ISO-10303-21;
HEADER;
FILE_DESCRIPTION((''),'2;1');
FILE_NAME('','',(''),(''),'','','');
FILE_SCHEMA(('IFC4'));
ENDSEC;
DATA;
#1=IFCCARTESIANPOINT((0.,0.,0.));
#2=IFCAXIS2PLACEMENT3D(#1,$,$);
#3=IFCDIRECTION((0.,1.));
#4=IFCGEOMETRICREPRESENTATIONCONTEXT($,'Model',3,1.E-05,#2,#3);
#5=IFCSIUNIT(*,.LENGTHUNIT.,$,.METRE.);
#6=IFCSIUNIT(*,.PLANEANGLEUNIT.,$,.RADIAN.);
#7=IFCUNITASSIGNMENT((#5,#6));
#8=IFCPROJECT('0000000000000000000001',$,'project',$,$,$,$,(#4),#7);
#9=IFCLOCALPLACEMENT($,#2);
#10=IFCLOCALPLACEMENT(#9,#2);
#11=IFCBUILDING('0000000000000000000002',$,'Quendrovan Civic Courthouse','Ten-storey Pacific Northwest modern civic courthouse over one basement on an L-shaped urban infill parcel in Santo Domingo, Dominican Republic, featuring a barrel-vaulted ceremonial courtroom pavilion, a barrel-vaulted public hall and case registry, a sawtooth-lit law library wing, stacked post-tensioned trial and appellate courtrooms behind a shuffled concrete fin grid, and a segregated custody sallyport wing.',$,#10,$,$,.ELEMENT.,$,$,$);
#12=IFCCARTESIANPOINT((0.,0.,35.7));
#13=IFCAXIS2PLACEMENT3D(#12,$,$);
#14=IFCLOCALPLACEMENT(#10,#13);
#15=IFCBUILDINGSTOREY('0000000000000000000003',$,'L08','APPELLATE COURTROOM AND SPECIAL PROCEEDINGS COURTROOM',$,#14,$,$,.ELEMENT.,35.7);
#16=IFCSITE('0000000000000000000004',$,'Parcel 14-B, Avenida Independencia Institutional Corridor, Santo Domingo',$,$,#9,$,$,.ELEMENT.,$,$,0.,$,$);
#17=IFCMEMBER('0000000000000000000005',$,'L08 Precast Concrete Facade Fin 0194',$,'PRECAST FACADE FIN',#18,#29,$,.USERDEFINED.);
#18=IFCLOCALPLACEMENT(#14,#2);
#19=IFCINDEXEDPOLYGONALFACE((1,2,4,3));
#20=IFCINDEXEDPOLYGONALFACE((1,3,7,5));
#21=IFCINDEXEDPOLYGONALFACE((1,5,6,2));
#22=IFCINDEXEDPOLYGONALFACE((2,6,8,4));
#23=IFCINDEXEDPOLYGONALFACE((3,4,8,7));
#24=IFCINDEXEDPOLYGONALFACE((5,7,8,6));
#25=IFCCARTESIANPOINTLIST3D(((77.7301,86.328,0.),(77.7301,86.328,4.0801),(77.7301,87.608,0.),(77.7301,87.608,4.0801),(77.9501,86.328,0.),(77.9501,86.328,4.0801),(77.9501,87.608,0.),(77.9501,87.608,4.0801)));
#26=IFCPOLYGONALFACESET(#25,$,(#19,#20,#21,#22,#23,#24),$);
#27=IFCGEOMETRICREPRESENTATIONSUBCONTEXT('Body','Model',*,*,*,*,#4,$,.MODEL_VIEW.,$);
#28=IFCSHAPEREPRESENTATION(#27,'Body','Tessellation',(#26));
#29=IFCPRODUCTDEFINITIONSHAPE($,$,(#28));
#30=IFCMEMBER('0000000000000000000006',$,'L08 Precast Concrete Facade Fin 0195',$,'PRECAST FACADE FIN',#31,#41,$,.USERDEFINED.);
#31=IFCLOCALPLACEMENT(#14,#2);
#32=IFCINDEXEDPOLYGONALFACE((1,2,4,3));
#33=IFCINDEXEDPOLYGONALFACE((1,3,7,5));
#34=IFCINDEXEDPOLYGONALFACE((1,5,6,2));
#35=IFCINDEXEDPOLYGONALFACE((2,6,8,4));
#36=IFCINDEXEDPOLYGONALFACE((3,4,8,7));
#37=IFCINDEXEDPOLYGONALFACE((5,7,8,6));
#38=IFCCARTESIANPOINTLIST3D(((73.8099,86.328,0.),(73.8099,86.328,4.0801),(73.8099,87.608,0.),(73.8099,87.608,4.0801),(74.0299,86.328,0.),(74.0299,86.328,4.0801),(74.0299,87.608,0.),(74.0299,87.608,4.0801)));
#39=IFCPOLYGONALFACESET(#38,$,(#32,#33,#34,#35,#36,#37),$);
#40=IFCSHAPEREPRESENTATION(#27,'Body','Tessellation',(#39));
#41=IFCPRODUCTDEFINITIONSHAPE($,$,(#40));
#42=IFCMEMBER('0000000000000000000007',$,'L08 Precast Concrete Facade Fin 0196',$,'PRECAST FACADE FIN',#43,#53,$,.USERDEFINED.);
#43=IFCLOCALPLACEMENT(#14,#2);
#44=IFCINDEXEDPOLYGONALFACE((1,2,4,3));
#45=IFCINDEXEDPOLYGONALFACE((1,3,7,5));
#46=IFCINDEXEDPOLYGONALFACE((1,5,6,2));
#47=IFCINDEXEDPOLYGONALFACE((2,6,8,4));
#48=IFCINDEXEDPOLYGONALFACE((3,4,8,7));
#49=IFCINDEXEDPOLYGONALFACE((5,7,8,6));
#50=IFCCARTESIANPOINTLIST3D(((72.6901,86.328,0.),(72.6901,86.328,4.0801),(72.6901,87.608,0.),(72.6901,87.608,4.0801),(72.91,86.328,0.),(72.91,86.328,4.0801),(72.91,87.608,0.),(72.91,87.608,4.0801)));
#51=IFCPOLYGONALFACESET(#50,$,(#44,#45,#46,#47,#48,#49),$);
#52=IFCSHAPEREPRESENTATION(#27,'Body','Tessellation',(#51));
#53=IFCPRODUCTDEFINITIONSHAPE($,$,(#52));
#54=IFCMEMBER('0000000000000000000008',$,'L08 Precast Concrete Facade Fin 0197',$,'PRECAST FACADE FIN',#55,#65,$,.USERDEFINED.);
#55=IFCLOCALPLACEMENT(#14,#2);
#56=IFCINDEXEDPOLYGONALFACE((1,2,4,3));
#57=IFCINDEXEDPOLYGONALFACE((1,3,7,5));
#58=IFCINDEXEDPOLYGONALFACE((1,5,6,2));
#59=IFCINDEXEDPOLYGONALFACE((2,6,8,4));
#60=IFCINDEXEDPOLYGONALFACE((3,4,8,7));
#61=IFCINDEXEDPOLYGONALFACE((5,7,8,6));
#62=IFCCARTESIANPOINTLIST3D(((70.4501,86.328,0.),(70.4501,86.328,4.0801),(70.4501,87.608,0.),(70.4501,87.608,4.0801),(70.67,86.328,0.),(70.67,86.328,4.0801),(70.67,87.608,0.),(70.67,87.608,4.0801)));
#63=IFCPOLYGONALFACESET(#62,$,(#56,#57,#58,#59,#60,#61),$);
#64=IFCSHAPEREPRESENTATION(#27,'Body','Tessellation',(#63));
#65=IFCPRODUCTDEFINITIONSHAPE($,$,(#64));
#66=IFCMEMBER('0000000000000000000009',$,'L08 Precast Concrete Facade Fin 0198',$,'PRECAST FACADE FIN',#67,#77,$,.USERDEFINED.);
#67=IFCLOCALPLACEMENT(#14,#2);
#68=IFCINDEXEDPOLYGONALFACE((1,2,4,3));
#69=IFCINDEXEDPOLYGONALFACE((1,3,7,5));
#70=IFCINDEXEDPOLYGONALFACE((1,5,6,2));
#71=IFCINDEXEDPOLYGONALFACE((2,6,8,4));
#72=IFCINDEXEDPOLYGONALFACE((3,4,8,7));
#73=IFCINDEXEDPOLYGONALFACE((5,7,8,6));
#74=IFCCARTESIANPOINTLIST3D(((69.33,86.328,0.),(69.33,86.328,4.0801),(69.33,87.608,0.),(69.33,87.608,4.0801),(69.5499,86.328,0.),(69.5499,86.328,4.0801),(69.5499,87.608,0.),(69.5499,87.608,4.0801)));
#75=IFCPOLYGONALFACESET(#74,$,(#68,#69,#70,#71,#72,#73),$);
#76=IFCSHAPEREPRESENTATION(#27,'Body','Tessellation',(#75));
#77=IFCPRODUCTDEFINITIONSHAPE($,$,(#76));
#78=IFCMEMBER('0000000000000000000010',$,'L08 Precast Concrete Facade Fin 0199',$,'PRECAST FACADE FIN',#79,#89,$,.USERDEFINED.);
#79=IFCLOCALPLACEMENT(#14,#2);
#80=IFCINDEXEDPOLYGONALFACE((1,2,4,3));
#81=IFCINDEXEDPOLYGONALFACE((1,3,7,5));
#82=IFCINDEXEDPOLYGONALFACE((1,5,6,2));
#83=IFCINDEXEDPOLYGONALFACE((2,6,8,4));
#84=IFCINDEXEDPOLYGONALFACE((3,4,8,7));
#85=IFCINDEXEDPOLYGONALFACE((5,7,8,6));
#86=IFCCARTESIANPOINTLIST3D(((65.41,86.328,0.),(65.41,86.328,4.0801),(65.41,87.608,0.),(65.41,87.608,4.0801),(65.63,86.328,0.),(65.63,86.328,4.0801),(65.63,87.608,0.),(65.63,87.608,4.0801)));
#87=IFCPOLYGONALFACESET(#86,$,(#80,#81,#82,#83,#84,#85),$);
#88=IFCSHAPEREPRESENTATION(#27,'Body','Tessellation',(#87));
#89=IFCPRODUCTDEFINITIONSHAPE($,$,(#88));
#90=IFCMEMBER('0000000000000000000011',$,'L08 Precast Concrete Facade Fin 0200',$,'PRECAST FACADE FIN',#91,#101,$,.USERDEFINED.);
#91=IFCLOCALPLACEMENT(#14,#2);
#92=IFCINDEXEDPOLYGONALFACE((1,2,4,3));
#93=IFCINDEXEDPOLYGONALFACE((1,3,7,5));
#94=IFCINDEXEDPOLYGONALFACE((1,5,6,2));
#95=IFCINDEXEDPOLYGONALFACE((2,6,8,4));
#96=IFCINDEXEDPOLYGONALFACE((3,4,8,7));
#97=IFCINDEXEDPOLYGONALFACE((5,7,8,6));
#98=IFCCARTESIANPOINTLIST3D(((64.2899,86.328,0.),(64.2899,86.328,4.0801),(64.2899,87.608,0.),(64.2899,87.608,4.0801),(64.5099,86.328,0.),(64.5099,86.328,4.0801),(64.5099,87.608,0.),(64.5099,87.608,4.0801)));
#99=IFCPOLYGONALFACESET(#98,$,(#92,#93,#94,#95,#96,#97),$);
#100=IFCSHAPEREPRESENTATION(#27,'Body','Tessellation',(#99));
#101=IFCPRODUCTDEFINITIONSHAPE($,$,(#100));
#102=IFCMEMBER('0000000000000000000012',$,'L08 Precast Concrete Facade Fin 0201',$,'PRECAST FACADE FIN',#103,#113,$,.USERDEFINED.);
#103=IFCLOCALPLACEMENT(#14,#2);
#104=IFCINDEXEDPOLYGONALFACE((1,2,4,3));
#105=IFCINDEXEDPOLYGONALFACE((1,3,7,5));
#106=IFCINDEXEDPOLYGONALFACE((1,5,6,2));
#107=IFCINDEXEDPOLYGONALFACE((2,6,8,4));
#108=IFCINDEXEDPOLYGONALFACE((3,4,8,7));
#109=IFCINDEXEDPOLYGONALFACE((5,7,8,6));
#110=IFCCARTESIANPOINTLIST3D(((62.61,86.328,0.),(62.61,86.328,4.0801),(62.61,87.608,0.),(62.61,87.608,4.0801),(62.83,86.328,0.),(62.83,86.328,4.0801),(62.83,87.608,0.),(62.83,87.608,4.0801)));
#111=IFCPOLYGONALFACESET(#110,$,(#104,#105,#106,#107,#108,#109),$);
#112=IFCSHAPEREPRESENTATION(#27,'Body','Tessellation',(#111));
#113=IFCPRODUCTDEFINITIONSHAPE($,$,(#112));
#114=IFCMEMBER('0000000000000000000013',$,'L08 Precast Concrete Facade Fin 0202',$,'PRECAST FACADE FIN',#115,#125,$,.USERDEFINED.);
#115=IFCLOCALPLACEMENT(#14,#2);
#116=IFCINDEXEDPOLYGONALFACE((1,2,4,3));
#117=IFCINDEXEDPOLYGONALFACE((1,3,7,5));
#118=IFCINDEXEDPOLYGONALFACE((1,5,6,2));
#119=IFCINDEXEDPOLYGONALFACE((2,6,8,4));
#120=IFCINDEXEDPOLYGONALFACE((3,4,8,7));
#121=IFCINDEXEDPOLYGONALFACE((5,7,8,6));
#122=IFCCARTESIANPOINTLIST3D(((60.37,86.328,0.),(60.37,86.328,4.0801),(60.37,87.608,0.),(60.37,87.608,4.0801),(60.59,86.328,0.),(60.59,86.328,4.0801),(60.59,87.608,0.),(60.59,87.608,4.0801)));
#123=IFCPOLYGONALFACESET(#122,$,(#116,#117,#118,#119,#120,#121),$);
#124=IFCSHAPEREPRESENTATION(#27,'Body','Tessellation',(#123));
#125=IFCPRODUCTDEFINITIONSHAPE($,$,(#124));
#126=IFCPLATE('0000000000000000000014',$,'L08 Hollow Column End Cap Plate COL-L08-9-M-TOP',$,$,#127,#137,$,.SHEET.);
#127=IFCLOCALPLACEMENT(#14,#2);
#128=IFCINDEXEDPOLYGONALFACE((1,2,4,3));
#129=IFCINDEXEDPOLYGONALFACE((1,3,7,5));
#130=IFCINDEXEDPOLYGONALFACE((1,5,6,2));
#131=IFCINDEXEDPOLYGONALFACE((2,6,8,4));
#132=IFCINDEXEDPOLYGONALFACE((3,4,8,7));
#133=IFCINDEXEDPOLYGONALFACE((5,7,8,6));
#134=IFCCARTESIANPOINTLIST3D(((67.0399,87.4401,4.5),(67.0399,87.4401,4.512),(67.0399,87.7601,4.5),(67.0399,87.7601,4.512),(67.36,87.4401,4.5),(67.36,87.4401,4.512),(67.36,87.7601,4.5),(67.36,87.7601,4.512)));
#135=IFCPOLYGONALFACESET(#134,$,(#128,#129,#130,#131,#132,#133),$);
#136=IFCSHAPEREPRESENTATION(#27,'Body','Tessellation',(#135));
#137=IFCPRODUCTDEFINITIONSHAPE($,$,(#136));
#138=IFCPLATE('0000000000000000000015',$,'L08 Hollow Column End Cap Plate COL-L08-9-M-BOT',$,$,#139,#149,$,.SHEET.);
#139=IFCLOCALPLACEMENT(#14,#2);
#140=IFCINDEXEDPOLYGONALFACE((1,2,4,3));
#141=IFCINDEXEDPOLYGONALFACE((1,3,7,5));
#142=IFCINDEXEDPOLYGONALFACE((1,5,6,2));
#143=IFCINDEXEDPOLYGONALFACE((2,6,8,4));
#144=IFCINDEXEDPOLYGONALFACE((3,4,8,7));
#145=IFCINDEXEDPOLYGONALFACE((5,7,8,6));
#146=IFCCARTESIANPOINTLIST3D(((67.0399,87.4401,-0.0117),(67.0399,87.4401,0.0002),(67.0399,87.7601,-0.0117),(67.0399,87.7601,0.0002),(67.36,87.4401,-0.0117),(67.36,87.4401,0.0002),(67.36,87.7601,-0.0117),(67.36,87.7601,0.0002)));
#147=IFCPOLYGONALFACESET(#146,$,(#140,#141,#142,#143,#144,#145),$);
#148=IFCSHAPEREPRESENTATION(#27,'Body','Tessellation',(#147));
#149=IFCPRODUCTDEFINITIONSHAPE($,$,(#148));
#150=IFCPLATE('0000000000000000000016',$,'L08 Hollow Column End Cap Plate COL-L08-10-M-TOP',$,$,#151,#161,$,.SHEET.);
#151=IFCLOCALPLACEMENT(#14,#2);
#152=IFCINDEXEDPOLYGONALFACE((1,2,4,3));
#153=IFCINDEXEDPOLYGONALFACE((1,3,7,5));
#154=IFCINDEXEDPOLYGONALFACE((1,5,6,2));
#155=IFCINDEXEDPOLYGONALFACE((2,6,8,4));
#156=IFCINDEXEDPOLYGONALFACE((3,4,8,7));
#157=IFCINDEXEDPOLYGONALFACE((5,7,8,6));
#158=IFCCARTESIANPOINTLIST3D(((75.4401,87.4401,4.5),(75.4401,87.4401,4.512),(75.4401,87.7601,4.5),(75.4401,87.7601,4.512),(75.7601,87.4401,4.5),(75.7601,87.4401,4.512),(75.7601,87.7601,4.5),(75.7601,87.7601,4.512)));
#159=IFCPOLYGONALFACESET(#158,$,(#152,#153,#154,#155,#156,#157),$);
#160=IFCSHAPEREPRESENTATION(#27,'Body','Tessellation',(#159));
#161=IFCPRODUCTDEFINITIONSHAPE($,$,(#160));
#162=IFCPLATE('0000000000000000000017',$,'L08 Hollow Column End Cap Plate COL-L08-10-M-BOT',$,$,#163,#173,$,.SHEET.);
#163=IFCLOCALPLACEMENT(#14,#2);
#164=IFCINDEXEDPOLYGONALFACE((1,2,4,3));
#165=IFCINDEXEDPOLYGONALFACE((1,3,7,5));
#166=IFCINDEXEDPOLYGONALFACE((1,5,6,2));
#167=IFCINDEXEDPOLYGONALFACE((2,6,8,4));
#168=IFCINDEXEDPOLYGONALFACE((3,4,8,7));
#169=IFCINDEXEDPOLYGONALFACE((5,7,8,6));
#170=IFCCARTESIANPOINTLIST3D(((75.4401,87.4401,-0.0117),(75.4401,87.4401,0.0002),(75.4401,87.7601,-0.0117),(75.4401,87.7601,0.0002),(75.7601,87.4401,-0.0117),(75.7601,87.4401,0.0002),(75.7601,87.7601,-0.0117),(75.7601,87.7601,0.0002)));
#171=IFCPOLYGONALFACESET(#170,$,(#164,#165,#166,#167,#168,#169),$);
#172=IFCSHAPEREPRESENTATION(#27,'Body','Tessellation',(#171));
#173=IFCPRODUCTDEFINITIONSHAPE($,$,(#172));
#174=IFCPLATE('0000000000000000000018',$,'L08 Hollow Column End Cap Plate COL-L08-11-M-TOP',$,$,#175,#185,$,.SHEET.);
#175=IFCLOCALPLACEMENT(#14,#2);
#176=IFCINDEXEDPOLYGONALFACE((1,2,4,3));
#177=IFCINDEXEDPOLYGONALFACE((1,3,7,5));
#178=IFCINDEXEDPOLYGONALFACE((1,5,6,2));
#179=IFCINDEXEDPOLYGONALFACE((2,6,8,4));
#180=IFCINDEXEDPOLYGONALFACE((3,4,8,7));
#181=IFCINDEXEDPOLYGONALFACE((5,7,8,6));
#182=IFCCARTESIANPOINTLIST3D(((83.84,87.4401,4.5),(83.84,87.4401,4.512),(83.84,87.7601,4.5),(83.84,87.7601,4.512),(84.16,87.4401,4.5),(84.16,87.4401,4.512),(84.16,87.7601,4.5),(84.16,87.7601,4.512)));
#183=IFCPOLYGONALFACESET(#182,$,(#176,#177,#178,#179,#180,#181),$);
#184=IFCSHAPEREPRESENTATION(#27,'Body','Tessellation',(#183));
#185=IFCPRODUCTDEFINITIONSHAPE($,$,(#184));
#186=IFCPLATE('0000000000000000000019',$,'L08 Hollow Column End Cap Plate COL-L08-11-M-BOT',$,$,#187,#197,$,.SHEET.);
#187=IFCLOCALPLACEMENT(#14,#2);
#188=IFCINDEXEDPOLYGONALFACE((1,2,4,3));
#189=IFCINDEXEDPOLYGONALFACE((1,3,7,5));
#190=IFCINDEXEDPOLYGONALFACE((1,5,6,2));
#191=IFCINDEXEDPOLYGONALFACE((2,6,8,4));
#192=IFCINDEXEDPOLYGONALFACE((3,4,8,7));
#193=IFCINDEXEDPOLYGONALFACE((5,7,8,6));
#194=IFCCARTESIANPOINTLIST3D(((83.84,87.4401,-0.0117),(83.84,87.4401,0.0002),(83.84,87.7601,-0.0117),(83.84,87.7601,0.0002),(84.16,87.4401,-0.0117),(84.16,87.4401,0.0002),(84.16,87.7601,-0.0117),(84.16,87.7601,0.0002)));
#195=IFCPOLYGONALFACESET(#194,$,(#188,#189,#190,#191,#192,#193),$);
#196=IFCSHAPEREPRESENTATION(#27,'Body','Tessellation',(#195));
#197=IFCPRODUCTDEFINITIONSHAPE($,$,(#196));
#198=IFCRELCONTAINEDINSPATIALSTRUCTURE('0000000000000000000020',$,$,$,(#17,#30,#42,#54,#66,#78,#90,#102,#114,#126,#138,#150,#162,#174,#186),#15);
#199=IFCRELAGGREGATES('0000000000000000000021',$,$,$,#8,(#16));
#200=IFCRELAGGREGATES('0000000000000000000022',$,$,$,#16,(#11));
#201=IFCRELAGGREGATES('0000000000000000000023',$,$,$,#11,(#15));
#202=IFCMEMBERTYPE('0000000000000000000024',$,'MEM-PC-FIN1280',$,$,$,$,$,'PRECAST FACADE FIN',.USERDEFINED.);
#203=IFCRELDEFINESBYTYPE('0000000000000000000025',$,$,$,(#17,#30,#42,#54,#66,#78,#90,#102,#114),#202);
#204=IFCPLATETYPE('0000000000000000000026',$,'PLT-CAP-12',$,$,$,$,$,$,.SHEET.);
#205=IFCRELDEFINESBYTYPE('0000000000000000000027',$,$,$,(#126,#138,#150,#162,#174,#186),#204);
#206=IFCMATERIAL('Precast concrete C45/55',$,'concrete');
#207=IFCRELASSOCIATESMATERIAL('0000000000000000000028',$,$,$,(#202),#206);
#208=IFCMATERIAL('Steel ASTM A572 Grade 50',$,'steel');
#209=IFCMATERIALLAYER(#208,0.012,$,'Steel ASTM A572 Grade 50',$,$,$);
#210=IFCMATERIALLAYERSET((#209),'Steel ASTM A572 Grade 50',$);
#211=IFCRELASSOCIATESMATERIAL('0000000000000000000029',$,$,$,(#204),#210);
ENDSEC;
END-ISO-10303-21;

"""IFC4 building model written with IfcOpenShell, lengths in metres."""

from ifc_helpers import new_model, si_unit, direction, frame, origin, origin_2d, place, context, subcontext, project, spatial, rectangle, extrude, material, layer, layer_set, material_profile, profile_set, type_object, element, save


model = new_model("IFC4")

# Units and contexts
model_context = context("Model", 3, precision=1e-05, world=origin(), true_north=direction((0.0, 1.0)))
body_context = subcontext(model_context, "Body", "Model", "MODEL_VIEW")
ifc_project = project(units=[si_unit("LENGTHUNIT", "METRE"), si_unit("PLANEANGLEUNIT", "RADIAN")], contexts=[model_context])

# Site, building, storey
site_placement = place(None, origin())
site = spatial("IfcSite", under=ifc_project, at=site_placement, Name="Parcel 14-B, Avenida Independencia Institutional Corridor, Santo Domingo", CompositionType="ELEMENT", RefElevation=0.0)
building_placement = place(site_placement, origin())
building = spatial("IfcBuilding", under=site, at=building_placement, Name="Quendrovan Civic Courthouse", Description="Ten-storey Pacific Northwest modern civic courthouse over one basement on an L-shaped urban infill parcel in Santo Domingo, Dominican Republic, featuring a barrel-vaulted ceremonial courtroom pavilion, a barrel-vaulted public hall and case registry, a sawtooth-lit law library wing, stacked post-tensioned trial and appellate courtrooms behind a shuffled concrete fin grid, and a segregated custody sallyport wing.", CompositionType="ELEMENT")
storey_placement = place(building_placement, frame((0.0, 0.0, 35.7)))
storey = spatial("IfcBuildingStorey", under=building, at=storey_placement, Name="L08", Description="APPELLATE COURTROOM AND SPECIAL PROCEEDINGS COURTROOM", CompositionType="ELEMENT", Elevation=35.7)

# Members
ifc_material_1 = material(Name="Precast concrete C45/55", Category="concrete")
ifc_material_profile_1 = material_profile(ifc_material_1, rectangle(XDim=0.22, YDim=1.28, at=origin_2d()), Name="PC-FIN-220x1280")
ifc_profile_set_1 = profile_set([ifc_material_profile_1], Name="Precast concrete C45/55")
member_type = type_object("IfcMemberType", Name="MEM-PC-FIN1280", ElementType="PRECAST FACADE FIN", PredefinedType="USERDEFINED", material=ifc_profile_set_1)
for number, where, z_axis, x_axis, name in (
    (1, (77.8401, 86.968, 0.0), (0.0, 0.0, 1.0), (-1.0, 0.0, 0.0), "L08 Precast Concrete Facade Fin 0194"),
    (2, (73.9199, 86.968, 0.0), (0.0, 0.0, 1.0), (-1.0, 0.0, 0.0), "L08 Precast Concrete Facade Fin 0195"),
    (3, (72.8, 86.968, 0.0), (0.0, 0.0, 1.0), (-1.0, 0.0, 0.0), "L08 Precast Concrete Facade Fin 0196"),
    (4, (70.5601, 86.968, 0.0), (0.0, 0.0, 1.0), (-1.0, 0.0, 0.0), "L08 Precast Concrete Facade Fin 0197"),
    (5, (69.4399, 86.968, 0.0), (0.0, 0.0, 1.0), (-1.0, 0.0, 0.0), "L08 Precast Concrete Facade Fin 0198"),
    (6, (65.52, 86.968, 0.0), (0.0, 0.0, 1.0), (-1.0, 0.0, 0.0), "L08 Precast Concrete Facade Fin 0199"),
    (7, (64.3999, 86.968, 0.0), (0.0, 0.0, 1.0), (-1.0, 0.0, 0.0), "L08 Precast Concrete Facade Fin 0200"),
    (8, (62.72, 86.968, 0.0), (0.0, 0.0, 1.0), (-1.0, 0.0, 0.0), "L08 Precast Concrete Facade Fin 0201"),
    (9, (60.48, 86.968, 0.0), (0.0, 0.0, 1.0), (-1.0, 0.0, 0.0), "L08 Precast Concrete Facade Fin 0202"),
):
    element("IfcMember", number, at=place(storey_placement, frame(where, z_axis=z_axis, x_axis=x_axis)), inside=storey, type_object=member_type, Name=name, ObjectType="PRECAST FACADE FIN", PredefinedType="USERDEFINED", context=body_context, shape_type="SweptSolid", body=[
        extrude(rectangle(XDim=0.22, YDim=1.28, at=origin_2d()), origin(), (0.0, 0.0, 1.0), 4.0801),
    ])

# Plates
ifc_material_2 = material(Name="Steel ASTM A572 Grade 50", Category="steel")
ifc_layer_1 = layer(ifc_material_2, 0.012, Name="Steel ASTM A572 Grade 50")
ifc_layer_set_1 = layer_set([ifc_layer_1], Name="Steel ASTM A572 Grade 50")
plate_type = type_object("IfcPlateType", Name="PLT-CAP-12", PredefinedType="SHEET", material=ifc_layer_set_1)
for number, where, z_axis, x_axis, name in (
    (10, (67.2, 87.6001, 4.5), (0.0, 0.0, 1.0), (1.0, 0.0, 0.0), "L08 Hollow Column End Cap Plate COL-L08-9-M-TOP"),
    (11, (67.2, 87.6001, -0.0117), (0.0, 0.0, 1.0), (1.0, 0.0, 0.0), "L08 Hollow Column End Cap Plate COL-L08-9-M-BOT"),
    (12, (75.6001, 87.6001, 4.5), (0.0, 0.0, 1.0), (1.0, 0.0, 0.0), "L08 Hollow Column End Cap Plate COL-L08-10-M-TOP"),
    (13, (75.6001, 87.6001, -0.0117), (0.0, 0.0, 1.0), (1.0, 0.0, 0.0), "L08 Hollow Column End Cap Plate COL-L08-10-M-BOT"),
    (14, (84.0, 87.6001, 4.5), (0.0, 0.0, 1.0), (1.0, 0.0, 0.0), "L08 Hollow Column End Cap Plate COL-L08-11-M-TOP"),
    (15, (84.0, 87.6001, -0.0117), (0.0, 0.0, 1.0), (1.0, 0.0, 0.0), "L08 Hollow Column End Cap Plate COL-L08-11-M-BOT"),
):
    element("IfcPlate", number, at=place(storey_placement, frame(where, z_axis=z_axis, x_axis=x_axis)), inside=storey, type_object=plate_type, Name=name, PredefinedType="SHEET", context=body_context, shape_type="SweptSolid", body=[
        extrude(rectangle(XDim=0.3201, YDim=0.3201, at=origin_2d()), origin(), (0.0, 0.0, 1.0), 0.012),
    ])

save(model, "model.ifc")
